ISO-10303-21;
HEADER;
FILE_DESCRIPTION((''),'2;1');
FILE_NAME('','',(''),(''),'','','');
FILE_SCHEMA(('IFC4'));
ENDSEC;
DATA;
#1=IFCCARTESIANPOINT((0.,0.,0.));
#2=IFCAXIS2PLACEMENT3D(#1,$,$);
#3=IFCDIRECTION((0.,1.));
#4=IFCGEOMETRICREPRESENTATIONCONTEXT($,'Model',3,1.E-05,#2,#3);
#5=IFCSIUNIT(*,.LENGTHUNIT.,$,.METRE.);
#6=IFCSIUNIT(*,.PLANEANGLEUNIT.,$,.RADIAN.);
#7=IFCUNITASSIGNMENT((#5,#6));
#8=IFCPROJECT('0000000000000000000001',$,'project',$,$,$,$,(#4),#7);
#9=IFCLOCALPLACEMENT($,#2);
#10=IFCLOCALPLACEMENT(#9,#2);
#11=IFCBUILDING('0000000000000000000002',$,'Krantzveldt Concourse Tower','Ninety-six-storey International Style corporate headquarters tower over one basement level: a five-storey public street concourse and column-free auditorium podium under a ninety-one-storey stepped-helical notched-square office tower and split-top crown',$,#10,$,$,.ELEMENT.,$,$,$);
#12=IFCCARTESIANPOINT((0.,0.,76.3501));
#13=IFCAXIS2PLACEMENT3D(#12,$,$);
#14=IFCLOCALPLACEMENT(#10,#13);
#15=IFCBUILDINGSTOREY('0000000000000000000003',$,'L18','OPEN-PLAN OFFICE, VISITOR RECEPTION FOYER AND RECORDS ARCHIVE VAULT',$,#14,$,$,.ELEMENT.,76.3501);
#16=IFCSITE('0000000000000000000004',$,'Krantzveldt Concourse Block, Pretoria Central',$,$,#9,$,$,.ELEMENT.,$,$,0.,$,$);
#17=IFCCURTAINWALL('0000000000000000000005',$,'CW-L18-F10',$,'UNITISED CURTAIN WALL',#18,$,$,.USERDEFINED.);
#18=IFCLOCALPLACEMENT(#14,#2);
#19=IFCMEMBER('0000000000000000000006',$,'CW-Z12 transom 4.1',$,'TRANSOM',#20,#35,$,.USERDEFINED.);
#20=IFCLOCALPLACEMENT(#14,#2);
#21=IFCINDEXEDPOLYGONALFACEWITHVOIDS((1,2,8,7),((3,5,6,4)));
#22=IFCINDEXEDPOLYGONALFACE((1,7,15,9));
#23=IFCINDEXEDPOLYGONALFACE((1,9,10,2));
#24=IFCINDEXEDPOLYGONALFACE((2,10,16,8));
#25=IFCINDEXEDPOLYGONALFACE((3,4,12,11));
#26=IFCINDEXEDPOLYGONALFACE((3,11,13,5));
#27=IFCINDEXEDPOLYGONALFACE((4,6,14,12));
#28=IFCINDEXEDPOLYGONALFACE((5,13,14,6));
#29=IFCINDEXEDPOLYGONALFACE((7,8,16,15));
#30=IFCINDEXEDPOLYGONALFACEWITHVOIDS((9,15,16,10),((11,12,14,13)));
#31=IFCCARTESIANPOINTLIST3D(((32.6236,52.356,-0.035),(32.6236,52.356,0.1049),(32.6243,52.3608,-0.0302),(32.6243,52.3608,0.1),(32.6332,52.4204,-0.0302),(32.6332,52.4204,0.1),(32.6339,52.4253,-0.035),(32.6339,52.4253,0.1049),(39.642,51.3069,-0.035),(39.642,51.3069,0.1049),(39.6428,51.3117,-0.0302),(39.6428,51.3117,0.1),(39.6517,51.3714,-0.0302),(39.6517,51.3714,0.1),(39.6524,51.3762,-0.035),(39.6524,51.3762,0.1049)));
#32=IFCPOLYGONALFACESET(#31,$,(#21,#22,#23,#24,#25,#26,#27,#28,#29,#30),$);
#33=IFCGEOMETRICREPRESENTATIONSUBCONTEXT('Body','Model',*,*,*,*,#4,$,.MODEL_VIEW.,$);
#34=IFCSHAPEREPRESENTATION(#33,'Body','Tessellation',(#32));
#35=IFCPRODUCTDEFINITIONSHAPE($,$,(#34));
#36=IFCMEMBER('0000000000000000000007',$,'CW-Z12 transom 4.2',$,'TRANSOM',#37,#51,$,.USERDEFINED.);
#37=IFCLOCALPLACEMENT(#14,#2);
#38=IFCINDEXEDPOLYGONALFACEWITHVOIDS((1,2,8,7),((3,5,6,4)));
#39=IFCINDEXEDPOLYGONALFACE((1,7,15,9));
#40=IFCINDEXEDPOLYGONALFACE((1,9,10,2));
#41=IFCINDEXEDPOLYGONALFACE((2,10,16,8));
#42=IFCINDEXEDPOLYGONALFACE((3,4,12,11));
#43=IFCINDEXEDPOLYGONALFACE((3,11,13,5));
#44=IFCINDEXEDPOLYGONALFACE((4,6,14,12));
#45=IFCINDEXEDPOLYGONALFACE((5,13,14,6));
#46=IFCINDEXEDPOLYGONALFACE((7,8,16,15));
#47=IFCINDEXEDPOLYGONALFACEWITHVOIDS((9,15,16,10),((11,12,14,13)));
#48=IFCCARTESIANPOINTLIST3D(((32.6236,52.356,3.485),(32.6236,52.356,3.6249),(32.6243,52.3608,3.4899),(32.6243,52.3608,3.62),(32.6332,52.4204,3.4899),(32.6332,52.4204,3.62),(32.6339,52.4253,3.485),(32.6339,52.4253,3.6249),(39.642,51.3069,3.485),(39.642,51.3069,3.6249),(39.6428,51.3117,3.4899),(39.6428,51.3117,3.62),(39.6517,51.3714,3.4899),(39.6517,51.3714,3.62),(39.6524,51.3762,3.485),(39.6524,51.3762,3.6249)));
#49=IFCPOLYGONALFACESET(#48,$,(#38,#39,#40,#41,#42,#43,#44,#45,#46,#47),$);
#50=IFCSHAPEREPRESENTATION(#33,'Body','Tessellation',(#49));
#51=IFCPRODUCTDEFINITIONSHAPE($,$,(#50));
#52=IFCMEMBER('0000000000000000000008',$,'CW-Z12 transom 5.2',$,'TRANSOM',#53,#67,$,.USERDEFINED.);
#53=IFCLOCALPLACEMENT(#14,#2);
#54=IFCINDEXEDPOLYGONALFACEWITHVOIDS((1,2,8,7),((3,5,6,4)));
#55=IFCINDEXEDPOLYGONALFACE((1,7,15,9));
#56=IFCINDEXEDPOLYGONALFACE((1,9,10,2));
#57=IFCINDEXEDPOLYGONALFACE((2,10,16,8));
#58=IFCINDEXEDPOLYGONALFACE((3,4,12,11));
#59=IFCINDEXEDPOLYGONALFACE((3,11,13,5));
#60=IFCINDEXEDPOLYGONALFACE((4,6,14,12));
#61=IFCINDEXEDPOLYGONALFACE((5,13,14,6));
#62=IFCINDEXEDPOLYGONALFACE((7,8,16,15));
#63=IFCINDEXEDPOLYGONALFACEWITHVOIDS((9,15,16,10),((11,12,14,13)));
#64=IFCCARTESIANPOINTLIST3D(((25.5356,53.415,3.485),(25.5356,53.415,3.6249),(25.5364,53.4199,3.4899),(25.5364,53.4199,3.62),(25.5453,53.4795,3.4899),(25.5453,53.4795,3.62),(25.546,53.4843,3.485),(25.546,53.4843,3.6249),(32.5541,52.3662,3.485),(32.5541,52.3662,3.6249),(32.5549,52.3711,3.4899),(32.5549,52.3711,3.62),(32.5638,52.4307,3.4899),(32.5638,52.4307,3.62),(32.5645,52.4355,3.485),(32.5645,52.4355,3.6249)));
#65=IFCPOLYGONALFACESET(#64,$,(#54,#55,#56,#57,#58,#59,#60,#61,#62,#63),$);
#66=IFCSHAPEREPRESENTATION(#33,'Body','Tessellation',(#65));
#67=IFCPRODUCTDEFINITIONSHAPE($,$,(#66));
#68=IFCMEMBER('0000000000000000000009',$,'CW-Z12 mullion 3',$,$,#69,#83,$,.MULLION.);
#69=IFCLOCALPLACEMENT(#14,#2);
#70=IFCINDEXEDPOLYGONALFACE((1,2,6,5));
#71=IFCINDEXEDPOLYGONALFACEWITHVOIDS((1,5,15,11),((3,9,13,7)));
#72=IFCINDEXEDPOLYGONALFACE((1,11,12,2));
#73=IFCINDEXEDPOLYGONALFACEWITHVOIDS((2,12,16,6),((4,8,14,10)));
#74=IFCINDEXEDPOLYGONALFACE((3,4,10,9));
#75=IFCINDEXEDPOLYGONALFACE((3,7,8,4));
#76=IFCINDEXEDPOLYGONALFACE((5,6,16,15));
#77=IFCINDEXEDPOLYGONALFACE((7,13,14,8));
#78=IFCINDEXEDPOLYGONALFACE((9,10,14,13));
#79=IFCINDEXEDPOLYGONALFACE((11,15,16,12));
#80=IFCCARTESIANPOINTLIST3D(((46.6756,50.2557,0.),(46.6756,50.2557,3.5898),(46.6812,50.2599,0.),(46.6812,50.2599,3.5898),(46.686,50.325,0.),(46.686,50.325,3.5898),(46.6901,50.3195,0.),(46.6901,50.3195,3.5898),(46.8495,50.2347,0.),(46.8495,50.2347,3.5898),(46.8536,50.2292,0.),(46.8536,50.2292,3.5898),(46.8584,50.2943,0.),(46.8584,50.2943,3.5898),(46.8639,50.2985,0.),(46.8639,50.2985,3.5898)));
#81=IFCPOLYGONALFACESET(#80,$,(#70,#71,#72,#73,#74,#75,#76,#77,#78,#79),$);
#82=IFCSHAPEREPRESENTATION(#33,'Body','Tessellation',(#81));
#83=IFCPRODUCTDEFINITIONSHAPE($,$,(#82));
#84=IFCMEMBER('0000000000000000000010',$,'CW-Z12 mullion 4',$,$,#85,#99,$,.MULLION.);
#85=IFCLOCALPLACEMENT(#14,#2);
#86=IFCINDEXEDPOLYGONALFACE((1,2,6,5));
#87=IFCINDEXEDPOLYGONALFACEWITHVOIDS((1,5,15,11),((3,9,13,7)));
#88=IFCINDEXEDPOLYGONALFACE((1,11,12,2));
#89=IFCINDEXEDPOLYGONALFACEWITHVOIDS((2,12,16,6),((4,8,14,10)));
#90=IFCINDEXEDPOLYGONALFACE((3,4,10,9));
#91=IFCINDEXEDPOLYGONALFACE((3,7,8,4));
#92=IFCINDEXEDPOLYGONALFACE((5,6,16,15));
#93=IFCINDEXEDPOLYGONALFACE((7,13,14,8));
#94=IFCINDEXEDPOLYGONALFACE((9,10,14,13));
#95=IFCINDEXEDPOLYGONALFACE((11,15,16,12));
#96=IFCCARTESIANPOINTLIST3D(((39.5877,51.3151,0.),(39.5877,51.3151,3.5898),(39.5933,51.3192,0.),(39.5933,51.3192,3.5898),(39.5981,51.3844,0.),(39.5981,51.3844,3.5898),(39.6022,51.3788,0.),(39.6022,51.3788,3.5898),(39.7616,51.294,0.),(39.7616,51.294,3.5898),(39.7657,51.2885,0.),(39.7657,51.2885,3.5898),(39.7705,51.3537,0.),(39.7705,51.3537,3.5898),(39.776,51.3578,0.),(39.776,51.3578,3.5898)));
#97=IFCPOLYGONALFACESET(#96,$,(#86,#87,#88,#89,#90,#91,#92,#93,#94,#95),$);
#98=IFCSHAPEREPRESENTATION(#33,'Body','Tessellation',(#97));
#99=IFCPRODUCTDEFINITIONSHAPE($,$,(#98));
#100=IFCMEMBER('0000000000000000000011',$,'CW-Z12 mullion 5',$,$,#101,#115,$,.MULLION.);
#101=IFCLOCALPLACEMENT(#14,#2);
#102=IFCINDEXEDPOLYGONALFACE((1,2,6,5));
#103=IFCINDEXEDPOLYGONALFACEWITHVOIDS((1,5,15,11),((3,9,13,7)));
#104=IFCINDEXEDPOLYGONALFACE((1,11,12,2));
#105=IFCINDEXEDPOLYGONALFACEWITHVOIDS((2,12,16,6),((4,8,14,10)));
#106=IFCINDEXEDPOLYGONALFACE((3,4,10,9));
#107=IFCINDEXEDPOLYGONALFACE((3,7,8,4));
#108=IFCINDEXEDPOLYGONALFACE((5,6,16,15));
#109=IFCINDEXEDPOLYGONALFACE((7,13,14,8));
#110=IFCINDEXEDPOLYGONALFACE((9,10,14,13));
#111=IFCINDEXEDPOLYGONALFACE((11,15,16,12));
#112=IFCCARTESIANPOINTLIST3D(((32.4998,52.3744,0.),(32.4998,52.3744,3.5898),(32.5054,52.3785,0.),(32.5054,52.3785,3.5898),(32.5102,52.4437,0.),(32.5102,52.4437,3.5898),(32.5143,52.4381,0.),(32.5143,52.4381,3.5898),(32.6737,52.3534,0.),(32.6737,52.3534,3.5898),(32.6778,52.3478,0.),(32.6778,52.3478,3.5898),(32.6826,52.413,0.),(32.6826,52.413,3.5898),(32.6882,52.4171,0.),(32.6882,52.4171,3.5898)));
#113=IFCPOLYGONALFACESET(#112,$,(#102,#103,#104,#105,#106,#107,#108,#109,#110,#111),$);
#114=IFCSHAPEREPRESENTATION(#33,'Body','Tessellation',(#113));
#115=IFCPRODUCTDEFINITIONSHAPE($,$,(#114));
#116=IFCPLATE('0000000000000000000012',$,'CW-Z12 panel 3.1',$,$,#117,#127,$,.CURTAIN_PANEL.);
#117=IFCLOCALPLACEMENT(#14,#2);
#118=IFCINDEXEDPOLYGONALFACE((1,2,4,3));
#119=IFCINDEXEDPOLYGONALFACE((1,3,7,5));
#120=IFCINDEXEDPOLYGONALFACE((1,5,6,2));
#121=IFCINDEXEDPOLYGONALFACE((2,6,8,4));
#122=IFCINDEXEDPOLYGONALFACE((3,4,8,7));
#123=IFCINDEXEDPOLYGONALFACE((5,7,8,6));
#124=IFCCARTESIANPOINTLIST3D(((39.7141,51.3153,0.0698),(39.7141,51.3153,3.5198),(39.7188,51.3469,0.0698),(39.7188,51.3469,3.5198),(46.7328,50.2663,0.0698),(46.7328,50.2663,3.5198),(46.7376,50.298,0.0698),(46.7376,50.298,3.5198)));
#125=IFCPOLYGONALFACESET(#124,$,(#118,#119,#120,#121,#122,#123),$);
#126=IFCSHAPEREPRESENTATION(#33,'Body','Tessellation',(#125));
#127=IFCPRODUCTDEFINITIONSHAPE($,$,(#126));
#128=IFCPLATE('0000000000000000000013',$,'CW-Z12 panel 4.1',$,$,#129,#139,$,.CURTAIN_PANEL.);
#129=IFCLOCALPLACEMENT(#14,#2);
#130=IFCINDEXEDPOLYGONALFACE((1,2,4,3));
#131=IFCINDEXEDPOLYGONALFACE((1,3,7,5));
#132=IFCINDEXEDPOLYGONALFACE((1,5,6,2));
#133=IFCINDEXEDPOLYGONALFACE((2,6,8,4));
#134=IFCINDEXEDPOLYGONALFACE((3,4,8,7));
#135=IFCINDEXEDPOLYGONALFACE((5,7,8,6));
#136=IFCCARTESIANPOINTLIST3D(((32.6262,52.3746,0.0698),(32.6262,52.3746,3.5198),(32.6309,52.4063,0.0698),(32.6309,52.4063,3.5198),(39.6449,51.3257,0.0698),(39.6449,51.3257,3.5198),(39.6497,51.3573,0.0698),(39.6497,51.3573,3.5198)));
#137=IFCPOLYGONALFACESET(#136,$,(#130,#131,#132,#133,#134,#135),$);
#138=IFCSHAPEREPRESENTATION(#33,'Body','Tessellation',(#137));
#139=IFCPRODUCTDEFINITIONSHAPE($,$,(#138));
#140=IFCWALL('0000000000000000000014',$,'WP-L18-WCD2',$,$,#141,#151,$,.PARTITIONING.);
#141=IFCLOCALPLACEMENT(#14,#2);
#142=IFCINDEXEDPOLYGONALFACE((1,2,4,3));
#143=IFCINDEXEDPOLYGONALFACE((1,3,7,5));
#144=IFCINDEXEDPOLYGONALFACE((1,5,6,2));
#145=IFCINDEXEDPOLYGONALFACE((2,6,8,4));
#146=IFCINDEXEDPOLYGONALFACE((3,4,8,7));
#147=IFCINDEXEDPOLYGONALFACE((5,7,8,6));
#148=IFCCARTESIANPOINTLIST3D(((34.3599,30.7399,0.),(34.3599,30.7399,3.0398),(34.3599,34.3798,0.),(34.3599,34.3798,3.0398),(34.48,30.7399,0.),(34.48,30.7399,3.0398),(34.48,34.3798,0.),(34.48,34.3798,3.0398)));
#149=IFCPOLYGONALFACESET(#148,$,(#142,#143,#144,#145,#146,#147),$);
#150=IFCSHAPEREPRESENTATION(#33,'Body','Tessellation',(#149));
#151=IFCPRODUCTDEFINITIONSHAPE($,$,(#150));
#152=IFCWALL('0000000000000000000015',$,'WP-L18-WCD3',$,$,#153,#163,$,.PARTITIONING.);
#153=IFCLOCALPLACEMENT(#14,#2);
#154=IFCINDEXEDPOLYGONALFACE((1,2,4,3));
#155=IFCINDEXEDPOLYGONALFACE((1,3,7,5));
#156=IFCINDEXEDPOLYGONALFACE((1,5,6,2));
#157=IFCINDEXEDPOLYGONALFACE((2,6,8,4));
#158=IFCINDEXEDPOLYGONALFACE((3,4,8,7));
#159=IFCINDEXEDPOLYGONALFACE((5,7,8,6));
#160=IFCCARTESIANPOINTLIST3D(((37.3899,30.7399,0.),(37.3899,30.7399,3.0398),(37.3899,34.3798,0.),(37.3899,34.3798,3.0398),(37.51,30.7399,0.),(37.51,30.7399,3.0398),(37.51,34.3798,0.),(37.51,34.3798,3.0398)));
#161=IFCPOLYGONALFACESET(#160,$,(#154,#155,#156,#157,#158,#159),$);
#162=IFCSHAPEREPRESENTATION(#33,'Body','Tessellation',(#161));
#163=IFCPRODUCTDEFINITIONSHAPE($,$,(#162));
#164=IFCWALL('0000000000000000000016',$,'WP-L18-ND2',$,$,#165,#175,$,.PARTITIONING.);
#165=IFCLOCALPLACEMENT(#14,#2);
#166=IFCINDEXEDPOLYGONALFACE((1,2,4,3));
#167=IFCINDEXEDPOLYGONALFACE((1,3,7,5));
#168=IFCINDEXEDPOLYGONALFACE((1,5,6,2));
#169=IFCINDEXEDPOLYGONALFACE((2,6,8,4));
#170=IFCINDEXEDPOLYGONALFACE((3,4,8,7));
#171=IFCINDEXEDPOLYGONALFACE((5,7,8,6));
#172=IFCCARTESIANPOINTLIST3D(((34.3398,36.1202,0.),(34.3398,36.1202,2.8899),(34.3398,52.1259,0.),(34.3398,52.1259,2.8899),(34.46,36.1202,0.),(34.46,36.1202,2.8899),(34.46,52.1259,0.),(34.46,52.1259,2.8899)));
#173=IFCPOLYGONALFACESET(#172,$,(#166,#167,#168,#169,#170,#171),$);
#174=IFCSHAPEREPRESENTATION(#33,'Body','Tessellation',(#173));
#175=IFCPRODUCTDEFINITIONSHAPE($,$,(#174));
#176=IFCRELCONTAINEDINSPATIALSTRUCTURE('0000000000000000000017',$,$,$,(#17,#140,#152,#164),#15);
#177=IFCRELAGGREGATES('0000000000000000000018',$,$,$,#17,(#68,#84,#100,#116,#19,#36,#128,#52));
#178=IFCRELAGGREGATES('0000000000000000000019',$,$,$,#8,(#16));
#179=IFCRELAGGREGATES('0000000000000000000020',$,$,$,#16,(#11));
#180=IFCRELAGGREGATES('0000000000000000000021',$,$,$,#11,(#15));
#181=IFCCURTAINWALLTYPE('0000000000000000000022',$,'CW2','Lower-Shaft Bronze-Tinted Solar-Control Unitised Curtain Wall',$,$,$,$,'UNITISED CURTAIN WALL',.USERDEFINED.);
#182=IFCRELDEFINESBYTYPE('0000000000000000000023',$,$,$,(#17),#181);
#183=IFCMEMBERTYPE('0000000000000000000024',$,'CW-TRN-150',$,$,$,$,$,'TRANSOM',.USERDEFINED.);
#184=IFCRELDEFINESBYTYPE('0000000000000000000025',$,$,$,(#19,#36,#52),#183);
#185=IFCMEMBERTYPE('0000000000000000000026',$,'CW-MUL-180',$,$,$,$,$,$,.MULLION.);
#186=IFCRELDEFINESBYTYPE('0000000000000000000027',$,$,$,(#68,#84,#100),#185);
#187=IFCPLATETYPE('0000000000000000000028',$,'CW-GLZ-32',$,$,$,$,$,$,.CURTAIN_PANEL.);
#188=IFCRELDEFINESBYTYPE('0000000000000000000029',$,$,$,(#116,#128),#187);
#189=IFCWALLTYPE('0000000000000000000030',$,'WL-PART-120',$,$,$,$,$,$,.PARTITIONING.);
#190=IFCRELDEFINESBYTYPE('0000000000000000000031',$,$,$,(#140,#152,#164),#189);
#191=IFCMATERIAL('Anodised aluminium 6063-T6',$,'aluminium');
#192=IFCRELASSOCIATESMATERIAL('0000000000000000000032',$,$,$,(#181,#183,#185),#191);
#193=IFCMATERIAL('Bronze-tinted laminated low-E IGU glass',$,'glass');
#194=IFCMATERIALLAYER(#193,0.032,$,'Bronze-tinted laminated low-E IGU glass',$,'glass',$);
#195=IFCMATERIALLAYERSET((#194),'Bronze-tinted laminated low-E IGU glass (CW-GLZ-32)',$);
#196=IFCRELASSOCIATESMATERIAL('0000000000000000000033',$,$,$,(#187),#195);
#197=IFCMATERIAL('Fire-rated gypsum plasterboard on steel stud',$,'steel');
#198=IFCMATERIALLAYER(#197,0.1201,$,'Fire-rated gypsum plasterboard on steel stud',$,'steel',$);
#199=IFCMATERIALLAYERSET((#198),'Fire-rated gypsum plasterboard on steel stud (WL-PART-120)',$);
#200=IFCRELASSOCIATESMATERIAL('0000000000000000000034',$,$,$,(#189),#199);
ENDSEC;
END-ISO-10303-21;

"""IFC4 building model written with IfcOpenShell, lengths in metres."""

from ifc_helpers import new_model, si_unit, direction, frame, frame_2d, origin, origin_2d, place, context, subcontext, project, spatial, rectangle, hollow_rectangle, extrude, source, transform, mapped, material, layer, layer_set, material_profile, profile_set, type_object, type_shapes, element, aggregate, save


model = new_model("IFC4")

# Units and contexts
model_context = context("Model", 3, precision=1e-05, world=origin(), true_north=direction((0.0, 1.0)))
body_context = subcontext(model_context, "Body", "Model", "MODEL_VIEW")
ifc_project = project(units=[si_unit("LENGTHUNIT", "METRE"), si_unit("PLANEANGLEUNIT", "RADIAN")], contexts=[model_context])

# Site, building, storey
site_placement = place(None, origin())
site = spatial("IfcSite", under=ifc_project, at=site_placement, Name="Krantzveldt Concourse Block, Pretoria Central", CompositionType="ELEMENT", RefElevation=0.0)
building_placement = place(site_placement, origin())
building = spatial("IfcBuilding", under=site, at=building_placement, Name="Krantzveldt Concourse Tower", Description="Ninety-six-storey International Style corporate headquarters tower over one basement level: a five-storey public street concourse and column-free auditorium podium under a ninety-one-storey stepped-helical notched-square office tower and split-top crown", CompositionType="ELEMENT")
storey_placement = place(building_placement, frame((0.0, 0.0, 76.3501)))
storey = spatial("IfcBuildingStorey", under=building, at=storey_placement, Name="L18", Description="OPEN-PLAN OFFICE, VISITOR RECEPTION FOYER AND RECORDS ARCHIVE VAULT", CompositionType="ELEMENT", Elevation=76.3501)

# Curtain wall, members, plates
ifc_material_1 = material(Name="Anodised aluminium 6063-T6", Category="aluminium")
curtain_wall_type = type_object("IfcCurtainWallType", Name="CW2", Description="Lower-Shaft Bronze-Tinted Solar-Control Unitised Curtain Wall", ElementType="UNITISED CURTAIN WALL", PredefinedType="USERDEFINED", material=ifc_material_1)
curtain_wall_placement = place(storey_placement, origin())
curtain_wall = element("IfcCurtainWall", 1, at=curtain_wall_placement, inside=storey, type_object=curtain_wall_type, Name="CW-L18-F10", ObjectType="UNITISED CURTAIN WALL", PredefinedType="USERDEFINED")
ifc_material_profile_1 = material_profile(ifc_material_1, hollow_rectangle(XDim=0.0701, YDim=0.1399, WallThickness=0.0049, at=origin_2d()), Name="Anodised aluminium 6063-T6", Category="aluminium")
ifc_profile_set_1 = profile_set([ifc_material_profile_1], Name="Anodised aluminium 6063-T6 - ALU-TRAN 140x70x5")
member_type_1 = type_object("IfcMemberType", Name="CW-TRN-150", ElementType="TRANSOM", PredefinedType="USERDEFINED", material=ifc_profile_set_1)
shared_shape_1 = source(origin(), body_context, "Body", "SweptSolid", [
    extrude(hollow_rectangle(XDim=0.0701, YDim=0.1399, WallThickness=0.0049, at=origin_2d()), origin(), (0.0, 0.0, 1.0), 7.0964),
])
member_1_placement = place(storey_placement, frame((39.6472, 51.3416, 0.0349), z_axis=(-0.989013, 0.147829, 0.0), x_axis=(-0.147829, -0.989013, 0.0)))
member_1 = element("IfcMember", 2, at=member_1_placement, type_object=member_type_1, Name="CW-Z12 transom 4.1", ObjectType="TRANSOM", PredefinedType="USERDEFINED", context=body_context, shape_type="MappedRepresentation", body=[
    mapped(shared_shape_1, transform((0.0, 0.0, 0.0), x_axis=(1.0, 0.0, 0.0), y_axis=(0.0, 1.0, 0.0), z_axis=(0.0, 0.0, 1.0), scale=1.0)),
])
member_2_placement = place(storey_placement, frame((39.6472, 51.3416, 3.5549), z_axis=(-0.989013, 0.147829, 0.0), x_axis=(-0.147829, -0.989013, 0.0)))
member_2 = element("IfcMember", 3, at=member_2_placement, type_object=member_type_1, Name="CW-Z12 transom 4.2", ObjectType="TRANSOM", PredefinedType="USERDEFINED", context=body_context, shape_type="MappedRepresentation", body=[
    mapped(shared_shape_1, transform((0.0, 0.0, 0.0), x_axis=(1.0, 0.0, 0.0), y_axis=(0.0, 1.0, 0.0), z_axis=(0.0, 0.0, 1.0), scale=1.0)),
])
member_3_placement = place(storey_placement, frame((32.5593, 52.4009, 3.5549), z_axis=(-0.989018, 0.147795, 0.0), x_axis=(-0.147795, -0.989018, 0.0)))
member_3 = element("IfcMember", 4, at=member_3_placement, type_object=member_type_1, Name="CW-Z12 transom 5.2", ObjectType="TRANSOM", PredefinedType="USERDEFINED", context=body_context, shape_type="MappedRepresentation", body=[
    mapped(shared_shape_1, transform((0.0, 0.0, 0.0), x_axis=(1.0, 0.0, 0.0), y_axis=(0.0, 1.0, 0.0), z_axis=(0.0, 0.0, 1.0), scale=1.0)),
])
ifc_material_profile_2 = material_profile(ifc_material_1, hollow_rectangle(XDim=0.0701, YDim=0.1799, WallThickness=0.0049, at=origin_2d()), Name="Anodised aluminium 6063-T6", Category="aluminium")
ifc_profile_set_2 = profile_set([ifc_material_profile_2], Name="Anodised aluminium 6063-T6 - ALU-MULL 180x70x5")
member_type_2 = type_object("IfcMemberType", Name="CW-MUL-180", PredefinedType="MULLION", material=ifc_profile_set_2)
shared_shape_2 = source(origin(), body_context, "Body", "SweptSolid", [
    extrude(hollow_rectangle(XDim=0.0701, YDim=0.1799, WallThickness=0.0049, at=origin_2d()), origin(), (0.0, 0.0, 1.0), 3.5898),
])
type_shapes(member_type_2, [shared_shape_2])
member_4_placement = place(storey_placement, frame((46.7698, 50.2771, 0.0), z_axis=(0.0, 0.0, 1.0), x_axis=(-0.14781, -0.989016, 0.0)))
member_4 = element("IfcMember", 5, at=member_4_placement, type_object=member_type_2, Name="CW-Z12 mullion 3", PredefinedType="MULLION", context=body_context, shape_type="MappedRepresentation", body=[
    mapped(shared_shape_2, transform((0.0, 0.0, 0.0), x_axis=(1.0, 0.0, 0.0), y_axis=(0.0, 1.0, 0.0), z_axis=(0.0, 0.0, 1.0), scale=1.0)),
])
member_5_placement = place(storey_placement, frame((39.6819, 51.3364, 0.0), z_axis=(0.0, 0.0, 1.0), x_axis=(-0.14781, -0.989016, 0.0)))
member_5 = element("IfcMember", 6, at=member_5_placement, type_object=member_type_2, Name="CW-Z12 mullion 4", PredefinedType="MULLION", context=body_context, shape_type="MappedRepresentation", body=[
    mapped(shared_shape_2, transform((0.0, 0.0, 0.0), x_axis=(1.0, 0.0, 0.0), y_axis=(0.0, 1.0, 0.0), z_axis=(0.0, 0.0, 1.0), scale=1.0)),
])
member_6_placement = place(storey_placement, frame((32.594, 52.3958, 0.0), z_axis=(0.0, 0.0, 1.0), x_axis=(-0.14781, -0.989016, 0.0)))
member_6 = element("IfcMember", 7, at=member_6_placement, type_object=member_type_2, Name="CW-Z12 mullion 5", PredefinedType="MULLION", context=body_context, shape_type="MappedRepresentation", body=[
    mapped(shared_shape_2, transform((0.0, 0.0, 0.0), x_axis=(1.0, 0.0, 0.0), y_axis=(0.0, 1.0, 0.0), z_axis=(0.0, 0.0, 1.0), scale=1.0)),
])
ifc_material_2 = material(Name="Bronze-tinted laminated low-E IGU glass", Category="glass")
ifc_layer_1 = layer(ifc_material_2, 0.032, Name="Bronze-tinted laminated low-E IGU glass", Category="glass")
ifc_layer_set_1 = layer_set([ifc_layer_1], Name="Bronze-tinted laminated low-E IGU glass (CW-GLZ-32)")
plate_type = type_object("IfcPlateType", Name="CW-GLZ-32", PredefinedType="CURTAIN_PANEL", material=ifc_layer_set_1)
shared_shape_3 = source(origin(), body_context, "Body", "SweptSolid", [
    extrude(rectangle(XDim=7.0967, YDim=0.032, at=origin_2d()), origin(), (0.0, 0.0, 1.0), 3.45),
])
type_shapes(plate_type, [shared_shape_3])
plate_1_placement = place(storey_placement, frame((43.2258, 50.8066, 0.0698), z_axis=(0.0, 0.0, 1.0), x_axis=(-0.989016, 0.14781, 0.0)))
plate_1 = element("IfcPlate", 8, at=plate_1_placement, type_object=plate_type, Name="CW-Z12 panel 3.1", PredefinedType="CURTAIN_PANEL", context=body_context, shape_type="MappedRepresentation", body=[
    mapped(shared_shape_3, transform((0.0, 0.0, 0.0), x_axis=(1.0, 0.0, 0.0), y_axis=(0.0, 1.0, 0.0), z_axis=(0.0, 0.0, 1.0), scale=1.0)),
])
plate_2_placement = place(storey_placement, frame((36.1379, 51.866, 0.0698), z_axis=(0.0, 0.0, 1.0), x_axis=(-0.989016, 0.14781, 0.0)))
plate_2 = element("IfcPlate", 9, at=plate_2_placement, type_object=plate_type, Name="CW-Z12 panel 4.1", PredefinedType="CURTAIN_PANEL", context=body_context, shape_type="MappedRepresentation", body=[
    mapped(shared_shape_3, transform((0.0, 0.0, 0.0), x_axis=(1.0, 0.0, 0.0), y_axis=(0.0, 1.0, 0.0), z_axis=(0.0, 0.0, 1.0), scale=1.0)),
])
aggregate(curtain_wall, [member_4, member_5, member_6, plate_1, member_1, member_2, plate_2, member_3])

# Walls
ifc_material_3 = material(Name="Fire-rated gypsum plasterboard on steel stud", Category="steel")
ifc_layer_2 = layer(ifc_material_3, 0.1201, Name="Fire-rated gypsum plasterboard on steel stud", Category="steel")
ifc_layer_set_2 = layer_set([ifc_layer_2], Name="Fire-rated gypsum plasterboard on steel stud (WL-PART-120)")
wall_type_1 = type_object("IfcWallType", Name="WL-PART-120", PredefinedType="PARTITIONING", material=ifc_layer_set_2)
for number, where, z_axis, x_axis, name in (
    (10, (34.4199, 30.74, 0.0), (0.0, 0.0, 1.0), (0.0, 1.0, 0.0), "WP-L18-WCD2"),
    (11, (37.45, 30.74, 0.0), (0.0, 0.0, 1.0), (0.0, 1.0, 0.0), "WP-L18-WCD3"),
):
    element("IfcWall", number, at=place(storey_placement, frame(where, z_axis=z_axis, x_axis=x_axis)), inside=storey, type_object=wall_type_1, Name=name, PredefinedType="PARTITIONING", context=body_context, shape_type="SweptSolid", body=[
        extrude(rectangle(XDim=3.6399, YDim=0.1201, at=frame_2d((1.8198, 0.0))), origin(), (0.0, 0.0, 1.0), 3.0398),
    ])
wall_1_placement = place(storey_placement, frame((34.3999, 36.1201, 0.0), z_axis=(0.0, 0.0, 1.0), x_axis=(0.0, 1.0, 0.0)))
element("IfcWall", 12, at=wall_1_placement, inside=storey, type_object=wall_type_1, Name="WP-L18-ND2", PredefinedType="PARTITIONING", context=body_context, shape_type="SweptSolid", body=[
    extrude(rectangle(XDim=16.0056, YDim=0.1201, at=frame_2d((8.0029, 0.0))), origin(), (0.0, 0.0, 1.0), 2.8899),
])

save(model, "model.ifc")
